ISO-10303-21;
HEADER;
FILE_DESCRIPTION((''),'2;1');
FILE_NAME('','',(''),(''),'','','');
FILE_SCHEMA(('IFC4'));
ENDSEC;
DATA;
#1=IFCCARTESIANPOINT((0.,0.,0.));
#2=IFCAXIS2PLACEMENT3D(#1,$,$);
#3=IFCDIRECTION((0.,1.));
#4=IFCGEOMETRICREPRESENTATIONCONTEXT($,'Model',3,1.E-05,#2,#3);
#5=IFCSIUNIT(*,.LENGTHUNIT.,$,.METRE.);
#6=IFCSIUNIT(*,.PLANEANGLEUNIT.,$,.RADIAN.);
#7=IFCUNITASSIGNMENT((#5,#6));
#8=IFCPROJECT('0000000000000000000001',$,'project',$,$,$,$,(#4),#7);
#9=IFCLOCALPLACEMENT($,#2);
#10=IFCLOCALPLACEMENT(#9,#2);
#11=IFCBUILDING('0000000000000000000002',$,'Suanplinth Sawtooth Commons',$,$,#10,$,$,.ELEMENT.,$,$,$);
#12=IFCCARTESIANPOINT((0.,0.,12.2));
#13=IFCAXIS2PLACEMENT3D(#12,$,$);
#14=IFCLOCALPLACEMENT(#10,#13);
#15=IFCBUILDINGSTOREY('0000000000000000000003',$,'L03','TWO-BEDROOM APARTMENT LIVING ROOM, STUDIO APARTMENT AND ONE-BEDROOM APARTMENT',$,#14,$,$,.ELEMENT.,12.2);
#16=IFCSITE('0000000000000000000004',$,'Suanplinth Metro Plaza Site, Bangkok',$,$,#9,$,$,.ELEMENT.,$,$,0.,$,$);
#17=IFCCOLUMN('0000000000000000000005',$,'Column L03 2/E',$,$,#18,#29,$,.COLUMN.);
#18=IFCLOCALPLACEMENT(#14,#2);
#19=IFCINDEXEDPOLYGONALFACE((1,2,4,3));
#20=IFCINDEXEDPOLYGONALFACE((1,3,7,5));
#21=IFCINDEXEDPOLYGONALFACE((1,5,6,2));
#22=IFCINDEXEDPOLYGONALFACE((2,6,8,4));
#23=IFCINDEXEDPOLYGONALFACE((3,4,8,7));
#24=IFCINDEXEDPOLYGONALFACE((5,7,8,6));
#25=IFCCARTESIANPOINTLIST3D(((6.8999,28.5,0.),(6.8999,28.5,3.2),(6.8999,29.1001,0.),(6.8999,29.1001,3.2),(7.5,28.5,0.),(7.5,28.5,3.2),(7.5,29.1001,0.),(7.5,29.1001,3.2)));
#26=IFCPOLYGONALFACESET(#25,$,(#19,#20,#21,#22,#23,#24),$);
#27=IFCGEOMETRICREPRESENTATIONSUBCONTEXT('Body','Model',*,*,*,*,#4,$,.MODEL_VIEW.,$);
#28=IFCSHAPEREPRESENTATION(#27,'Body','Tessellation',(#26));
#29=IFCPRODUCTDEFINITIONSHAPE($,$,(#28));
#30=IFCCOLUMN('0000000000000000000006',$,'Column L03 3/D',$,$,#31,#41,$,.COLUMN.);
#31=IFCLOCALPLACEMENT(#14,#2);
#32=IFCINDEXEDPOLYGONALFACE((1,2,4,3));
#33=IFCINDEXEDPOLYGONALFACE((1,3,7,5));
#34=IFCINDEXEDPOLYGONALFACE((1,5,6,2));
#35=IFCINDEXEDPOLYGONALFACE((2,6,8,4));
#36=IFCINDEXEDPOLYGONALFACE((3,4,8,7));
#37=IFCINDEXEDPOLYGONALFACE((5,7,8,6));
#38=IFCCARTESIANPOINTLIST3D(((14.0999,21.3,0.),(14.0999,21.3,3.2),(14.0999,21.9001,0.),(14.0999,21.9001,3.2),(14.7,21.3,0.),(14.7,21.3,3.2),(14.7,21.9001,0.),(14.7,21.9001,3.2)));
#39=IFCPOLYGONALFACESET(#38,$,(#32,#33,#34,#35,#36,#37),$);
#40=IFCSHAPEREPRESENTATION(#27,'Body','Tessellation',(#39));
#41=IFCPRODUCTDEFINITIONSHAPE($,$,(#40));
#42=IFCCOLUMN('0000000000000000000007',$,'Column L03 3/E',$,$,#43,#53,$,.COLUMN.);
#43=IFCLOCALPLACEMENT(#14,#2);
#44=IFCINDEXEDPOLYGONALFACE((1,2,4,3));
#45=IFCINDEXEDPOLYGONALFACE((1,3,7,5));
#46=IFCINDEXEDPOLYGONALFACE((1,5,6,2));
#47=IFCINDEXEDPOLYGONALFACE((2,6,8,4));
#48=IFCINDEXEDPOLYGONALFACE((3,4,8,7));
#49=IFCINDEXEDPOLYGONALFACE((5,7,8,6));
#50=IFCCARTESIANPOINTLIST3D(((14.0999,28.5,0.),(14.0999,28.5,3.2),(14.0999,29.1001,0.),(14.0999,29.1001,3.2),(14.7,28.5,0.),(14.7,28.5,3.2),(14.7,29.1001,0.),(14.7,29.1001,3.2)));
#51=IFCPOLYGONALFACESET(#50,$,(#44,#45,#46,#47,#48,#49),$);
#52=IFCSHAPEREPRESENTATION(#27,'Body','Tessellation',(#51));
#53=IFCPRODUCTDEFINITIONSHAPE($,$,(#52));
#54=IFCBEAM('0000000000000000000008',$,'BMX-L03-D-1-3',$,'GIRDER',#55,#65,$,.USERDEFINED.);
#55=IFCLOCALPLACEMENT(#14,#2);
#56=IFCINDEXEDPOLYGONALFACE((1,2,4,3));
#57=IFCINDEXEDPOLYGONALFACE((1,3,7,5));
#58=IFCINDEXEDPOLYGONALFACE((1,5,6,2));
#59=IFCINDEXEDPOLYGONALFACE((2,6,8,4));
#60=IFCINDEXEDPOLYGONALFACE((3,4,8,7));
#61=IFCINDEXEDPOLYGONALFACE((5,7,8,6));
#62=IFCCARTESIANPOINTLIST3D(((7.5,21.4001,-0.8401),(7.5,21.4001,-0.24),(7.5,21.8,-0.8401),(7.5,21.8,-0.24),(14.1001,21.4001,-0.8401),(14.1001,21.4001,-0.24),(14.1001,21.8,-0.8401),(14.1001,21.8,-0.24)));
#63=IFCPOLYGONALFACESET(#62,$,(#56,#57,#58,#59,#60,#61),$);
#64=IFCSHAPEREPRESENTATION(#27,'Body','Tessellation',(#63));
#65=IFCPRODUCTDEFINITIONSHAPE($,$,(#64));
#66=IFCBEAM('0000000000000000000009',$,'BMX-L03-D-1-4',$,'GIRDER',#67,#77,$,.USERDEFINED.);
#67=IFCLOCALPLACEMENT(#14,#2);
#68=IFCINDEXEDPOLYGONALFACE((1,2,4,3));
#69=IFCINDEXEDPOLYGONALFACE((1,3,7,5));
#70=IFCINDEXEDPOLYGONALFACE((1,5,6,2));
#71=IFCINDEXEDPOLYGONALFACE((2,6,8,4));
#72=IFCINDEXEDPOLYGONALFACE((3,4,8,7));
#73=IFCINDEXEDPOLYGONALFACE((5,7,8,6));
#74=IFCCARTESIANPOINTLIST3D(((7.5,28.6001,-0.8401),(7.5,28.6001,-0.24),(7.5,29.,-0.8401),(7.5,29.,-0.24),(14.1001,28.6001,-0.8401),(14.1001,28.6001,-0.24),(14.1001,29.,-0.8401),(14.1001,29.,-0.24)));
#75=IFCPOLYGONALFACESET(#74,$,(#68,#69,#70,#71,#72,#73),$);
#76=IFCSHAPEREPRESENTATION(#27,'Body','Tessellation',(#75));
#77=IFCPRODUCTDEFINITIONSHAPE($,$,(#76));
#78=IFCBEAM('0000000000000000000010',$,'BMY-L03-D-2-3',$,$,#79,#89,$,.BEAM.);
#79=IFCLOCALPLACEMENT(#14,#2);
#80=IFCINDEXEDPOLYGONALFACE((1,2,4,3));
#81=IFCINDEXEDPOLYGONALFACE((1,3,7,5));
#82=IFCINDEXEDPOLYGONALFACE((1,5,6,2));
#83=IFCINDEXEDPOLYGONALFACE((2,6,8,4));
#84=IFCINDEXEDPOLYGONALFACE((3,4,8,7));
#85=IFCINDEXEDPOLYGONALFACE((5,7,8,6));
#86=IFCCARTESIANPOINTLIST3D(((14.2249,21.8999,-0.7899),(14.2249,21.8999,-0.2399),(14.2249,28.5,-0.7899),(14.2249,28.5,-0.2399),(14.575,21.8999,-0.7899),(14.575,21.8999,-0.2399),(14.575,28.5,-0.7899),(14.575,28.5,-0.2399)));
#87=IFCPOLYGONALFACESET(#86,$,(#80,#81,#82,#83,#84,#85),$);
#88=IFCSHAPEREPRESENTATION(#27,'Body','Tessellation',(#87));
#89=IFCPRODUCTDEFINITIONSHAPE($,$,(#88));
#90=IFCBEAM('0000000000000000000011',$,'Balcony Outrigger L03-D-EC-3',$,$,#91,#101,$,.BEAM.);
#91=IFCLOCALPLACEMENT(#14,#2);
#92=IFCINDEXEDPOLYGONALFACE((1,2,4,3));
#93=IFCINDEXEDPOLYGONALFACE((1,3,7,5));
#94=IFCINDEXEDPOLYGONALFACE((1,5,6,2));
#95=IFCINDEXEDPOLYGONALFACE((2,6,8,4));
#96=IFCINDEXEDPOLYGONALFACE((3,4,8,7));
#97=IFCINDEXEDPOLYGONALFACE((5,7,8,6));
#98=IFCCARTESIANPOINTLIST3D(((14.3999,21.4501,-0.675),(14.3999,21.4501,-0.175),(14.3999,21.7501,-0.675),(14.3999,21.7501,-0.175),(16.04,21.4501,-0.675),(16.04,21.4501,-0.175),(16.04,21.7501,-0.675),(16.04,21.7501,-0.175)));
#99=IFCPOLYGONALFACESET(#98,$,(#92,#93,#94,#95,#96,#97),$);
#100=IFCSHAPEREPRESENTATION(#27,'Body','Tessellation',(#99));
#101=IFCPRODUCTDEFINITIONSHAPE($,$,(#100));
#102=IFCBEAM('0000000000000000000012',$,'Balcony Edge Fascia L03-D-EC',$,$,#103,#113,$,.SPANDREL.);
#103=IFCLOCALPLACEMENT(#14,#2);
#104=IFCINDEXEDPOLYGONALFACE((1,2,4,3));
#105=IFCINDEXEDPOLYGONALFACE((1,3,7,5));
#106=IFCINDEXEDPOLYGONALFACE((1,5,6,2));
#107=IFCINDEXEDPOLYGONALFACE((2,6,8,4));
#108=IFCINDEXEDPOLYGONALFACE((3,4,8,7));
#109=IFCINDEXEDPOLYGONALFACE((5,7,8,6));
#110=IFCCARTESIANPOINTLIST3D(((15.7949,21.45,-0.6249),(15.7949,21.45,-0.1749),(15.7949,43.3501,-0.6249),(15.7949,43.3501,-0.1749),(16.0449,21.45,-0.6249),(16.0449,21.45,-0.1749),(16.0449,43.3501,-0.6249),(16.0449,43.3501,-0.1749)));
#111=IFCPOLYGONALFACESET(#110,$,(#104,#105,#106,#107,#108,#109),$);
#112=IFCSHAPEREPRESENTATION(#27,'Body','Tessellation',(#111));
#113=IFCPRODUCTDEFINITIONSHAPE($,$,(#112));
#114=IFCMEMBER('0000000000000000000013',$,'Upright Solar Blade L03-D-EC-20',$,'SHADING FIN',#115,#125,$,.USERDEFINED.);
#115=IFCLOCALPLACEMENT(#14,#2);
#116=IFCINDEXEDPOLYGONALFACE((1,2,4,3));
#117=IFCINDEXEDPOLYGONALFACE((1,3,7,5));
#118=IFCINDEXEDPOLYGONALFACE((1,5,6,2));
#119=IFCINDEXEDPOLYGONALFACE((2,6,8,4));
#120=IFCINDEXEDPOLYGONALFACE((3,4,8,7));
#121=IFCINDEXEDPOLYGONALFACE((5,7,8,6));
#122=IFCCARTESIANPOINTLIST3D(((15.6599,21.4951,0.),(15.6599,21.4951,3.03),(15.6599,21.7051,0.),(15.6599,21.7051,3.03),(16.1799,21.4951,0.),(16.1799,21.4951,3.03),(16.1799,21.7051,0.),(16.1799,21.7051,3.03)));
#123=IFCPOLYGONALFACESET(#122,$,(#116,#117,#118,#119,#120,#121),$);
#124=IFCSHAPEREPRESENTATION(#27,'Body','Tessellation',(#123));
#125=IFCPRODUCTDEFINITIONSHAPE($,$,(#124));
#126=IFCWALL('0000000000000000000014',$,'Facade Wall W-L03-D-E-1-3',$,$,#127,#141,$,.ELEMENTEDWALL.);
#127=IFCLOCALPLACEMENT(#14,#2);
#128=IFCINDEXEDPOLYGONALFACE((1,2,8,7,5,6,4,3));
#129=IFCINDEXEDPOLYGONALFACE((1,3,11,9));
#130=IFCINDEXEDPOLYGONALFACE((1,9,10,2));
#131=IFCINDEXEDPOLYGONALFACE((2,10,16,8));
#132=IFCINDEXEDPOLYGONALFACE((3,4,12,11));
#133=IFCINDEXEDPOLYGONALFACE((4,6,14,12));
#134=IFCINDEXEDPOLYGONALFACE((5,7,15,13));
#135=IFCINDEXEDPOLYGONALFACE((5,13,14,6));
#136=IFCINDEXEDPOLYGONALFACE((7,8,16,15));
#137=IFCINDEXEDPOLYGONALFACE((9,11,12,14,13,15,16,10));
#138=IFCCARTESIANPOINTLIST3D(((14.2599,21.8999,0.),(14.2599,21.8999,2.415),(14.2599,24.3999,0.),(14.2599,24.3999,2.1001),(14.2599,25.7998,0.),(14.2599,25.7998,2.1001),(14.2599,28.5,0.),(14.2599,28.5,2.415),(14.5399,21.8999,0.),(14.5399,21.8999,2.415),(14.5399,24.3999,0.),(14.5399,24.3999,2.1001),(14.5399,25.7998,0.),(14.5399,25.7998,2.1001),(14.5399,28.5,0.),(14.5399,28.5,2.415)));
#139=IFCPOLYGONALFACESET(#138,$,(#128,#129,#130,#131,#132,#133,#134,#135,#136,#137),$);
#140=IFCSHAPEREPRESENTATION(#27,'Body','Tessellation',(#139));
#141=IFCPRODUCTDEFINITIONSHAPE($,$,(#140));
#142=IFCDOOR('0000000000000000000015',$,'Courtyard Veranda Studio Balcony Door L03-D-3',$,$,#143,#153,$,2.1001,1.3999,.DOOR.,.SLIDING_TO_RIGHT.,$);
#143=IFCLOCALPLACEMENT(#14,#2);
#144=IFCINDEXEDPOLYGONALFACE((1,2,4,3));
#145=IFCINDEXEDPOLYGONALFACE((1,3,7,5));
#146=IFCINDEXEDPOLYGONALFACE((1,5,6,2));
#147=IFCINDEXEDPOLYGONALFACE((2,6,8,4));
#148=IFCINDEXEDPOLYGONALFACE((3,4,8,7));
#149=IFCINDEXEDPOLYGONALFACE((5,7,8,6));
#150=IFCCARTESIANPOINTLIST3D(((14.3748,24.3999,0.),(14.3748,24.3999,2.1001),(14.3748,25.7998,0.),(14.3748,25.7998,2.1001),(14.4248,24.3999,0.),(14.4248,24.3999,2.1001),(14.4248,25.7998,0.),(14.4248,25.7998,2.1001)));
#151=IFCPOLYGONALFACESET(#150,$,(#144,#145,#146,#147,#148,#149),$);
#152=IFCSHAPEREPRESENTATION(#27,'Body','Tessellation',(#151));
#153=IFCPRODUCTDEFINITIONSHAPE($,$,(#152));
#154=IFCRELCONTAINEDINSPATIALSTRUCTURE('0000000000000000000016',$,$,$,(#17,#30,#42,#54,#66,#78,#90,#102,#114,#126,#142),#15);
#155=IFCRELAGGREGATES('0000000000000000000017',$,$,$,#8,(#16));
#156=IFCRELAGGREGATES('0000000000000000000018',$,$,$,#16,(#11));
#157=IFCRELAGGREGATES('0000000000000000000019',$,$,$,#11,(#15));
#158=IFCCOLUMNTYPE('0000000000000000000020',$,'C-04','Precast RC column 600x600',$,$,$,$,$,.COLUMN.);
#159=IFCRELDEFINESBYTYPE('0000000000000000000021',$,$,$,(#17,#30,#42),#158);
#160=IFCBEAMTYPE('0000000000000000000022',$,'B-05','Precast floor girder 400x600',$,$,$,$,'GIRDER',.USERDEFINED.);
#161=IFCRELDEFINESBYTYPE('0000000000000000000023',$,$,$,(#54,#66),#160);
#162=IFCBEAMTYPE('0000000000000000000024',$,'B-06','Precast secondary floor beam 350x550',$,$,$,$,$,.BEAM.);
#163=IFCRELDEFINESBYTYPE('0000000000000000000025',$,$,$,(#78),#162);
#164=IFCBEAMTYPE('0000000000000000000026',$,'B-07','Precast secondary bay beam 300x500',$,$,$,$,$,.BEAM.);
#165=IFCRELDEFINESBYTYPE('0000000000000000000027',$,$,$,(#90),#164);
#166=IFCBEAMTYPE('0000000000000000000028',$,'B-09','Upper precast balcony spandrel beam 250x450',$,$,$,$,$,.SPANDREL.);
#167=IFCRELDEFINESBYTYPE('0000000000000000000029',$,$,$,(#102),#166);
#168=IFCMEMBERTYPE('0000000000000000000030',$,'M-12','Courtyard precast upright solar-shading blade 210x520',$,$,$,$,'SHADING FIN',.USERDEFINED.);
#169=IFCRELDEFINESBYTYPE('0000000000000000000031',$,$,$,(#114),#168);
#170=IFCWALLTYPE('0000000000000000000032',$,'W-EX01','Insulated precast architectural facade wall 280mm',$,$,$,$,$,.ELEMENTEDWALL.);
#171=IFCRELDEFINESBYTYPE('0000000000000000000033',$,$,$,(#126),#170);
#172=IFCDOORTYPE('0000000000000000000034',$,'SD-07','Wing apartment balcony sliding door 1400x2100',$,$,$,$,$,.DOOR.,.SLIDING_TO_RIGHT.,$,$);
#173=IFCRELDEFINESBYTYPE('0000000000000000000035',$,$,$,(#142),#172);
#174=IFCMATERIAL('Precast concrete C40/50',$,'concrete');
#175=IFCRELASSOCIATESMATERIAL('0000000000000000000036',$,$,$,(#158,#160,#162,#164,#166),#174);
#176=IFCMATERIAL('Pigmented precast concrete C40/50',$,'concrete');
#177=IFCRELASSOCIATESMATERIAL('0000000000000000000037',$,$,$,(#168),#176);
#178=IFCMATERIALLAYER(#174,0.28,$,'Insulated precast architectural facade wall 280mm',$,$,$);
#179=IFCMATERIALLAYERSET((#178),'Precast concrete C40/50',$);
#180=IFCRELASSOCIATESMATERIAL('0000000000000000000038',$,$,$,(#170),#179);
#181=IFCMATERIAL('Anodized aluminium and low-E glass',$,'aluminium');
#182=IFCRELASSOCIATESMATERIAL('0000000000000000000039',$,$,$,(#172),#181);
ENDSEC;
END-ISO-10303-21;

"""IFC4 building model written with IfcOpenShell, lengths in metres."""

from ifc_helpers import new_model, si_unit, direction, frame, frame_2d, origin, origin_2d, place, context, subcontext, project, spatial, rectangle, extrude, material, layer, layer_set, material_profile, profile_set, type_object, element, fill, save


model = new_model("IFC4")

# Units and contexts
model_context = context("Model", 3, precision=1e-05, world=origin(), true_north=direction((0.0, 1.0)))
body_context = subcontext(model_context, "Body", "Model", "MODEL_VIEW")
ifc_project = project(units=[si_unit("LENGTHUNIT", "METRE"), si_unit("PLANEANGLEUNIT", "RADIAN")], contexts=[model_context])

# Site, building, storey
site_placement = place(None, origin())
site = spatial("IfcSite", under=ifc_project, at=site_placement, Name="Suanplinth Metro Plaza Site, Bangkok", CompositionType="ELEMENT", RefElevation=0.0)
building_placement = place(site_placement, origin())
building = spatial("IfcBuilding", under=site, at=building_placement, Name="Suanplinth Sawtooth Commons", CompositionType="ELEMENT")
storey_placement = place(building_placement, frame((0.0, 0.0, 12.2)))
storey = spatial("IfcBuildingStorey", under=building, at=storey_placement, Name="L03", Description="TWO-BEDROOM APARTMENT LIVING ROOM, STUDIO APARTMENT AND ONE-BEDROOM APARTMENT", CompositionType="ELEMENT", Elevation=12.2)

# Columns
ifc_material_1 = material(Name="Precast concrete C40/50", Category="concrete")
ifc_material_profile_1 = material_profile(ifc_material_1, rectangle(XDim=0.6001, YDim=0.6001, at=origin_2d()), Name="PC-COL 600x600")
ifc_profile_set_1 = profile_set([ifc_material_profile_1], Name="Precast concrete C40/50")
column_type = type_object("IfcColumnType", Name="C-04", Description="Precast RC column 600x600", PredefinedType="COLUMN", material=ifc_profile_set_1)
for number, where, z_axis, x_axis, name in (
    (1, (7.2, 28.8, 0.0), (0.0, 0.0, 1.0), (1.0, 0.0, 0.0), "Column L03 2/E"),
    (2, (14.3999, 21.6001, 0.0), (0.0, 0.0, 1.0), (1.0, 0.0, 0.0), "Column L03 3/D"),
    (3, (14.3999, 28.8, 0.0), (0.0, 0.0, 1.0), (1.0, 0.0, 0.0), "Column L03 3/E"),
):
    element("IfcColumn", number, at=place(storey_placement, frame(where, z_axis=z_axis, x_axis=x_axis)), inside=storey, type_object=column_type, Name=name, PredefinedType="COLUMN", context=body_context, shape_type="SweptSolid", body=[
        extrude(rectangle(XDim=0.6001, YDim=0.6001, at=origin_2d()), origin(), (0.0, 0.0, 1.0), 3.2),
    ])

# Beams
ifc_material_profile_2 = material_profile(ifc_material_1, rectangle(XDim=0.3999, YDim=0.6001, at=origin_2d()), Name="PC-GDR 400x600")
ifc_profile_set_2 = profile_set([ifc_material_profile_2], Name="Precast concrete C40/50")
beam_type_1 = type_object("IfcBeamType", Name="B-05", Description="Precast floor girder 400x600", ElementType="GIRDER", PredefinedType="USERDEFINED", material=ifc_profile_set_2)
for number, where, z_axis, x_axis, name in (
    (4, (7.5, 21.6001, -0.54), (1.0, 0.0, 0.0), (0.0, 1.0, 0.0), "BMX-L03-D-1-3"),
    (5, (7.5, 28.8, -0.54), (1.0, 0.0, 0.0), (0.0, 1.0, 0.0), "BMX-L03-D-1-4"),
):
    element("IfcBeam", number, at=place(storey_placement, frame(where, z_axis=z_axis, x_axis=x_axis)), inside=storey, type_object=beam_type_1, Name=name, ObjectType="GIRDER", PredefinedType="USERDEFINED", context=body_context, shape_type="SweptSolid", body=[
        extrude(rectangle(XDim=0.3999, YDim=0.6001, at=origin_2d()), origin(), (0.0, 0.0, 1.0), 6.6001),
    ])
ifc_material_profile_3 = material_profile(ifc_material_1, rectangle(XDim=0.3501, YDim=0.55, at=origin_2d()), Name="PC-BM 350x550")
ifc_profile_set_3 = profile_set([ifc_material_profile_3], Name="Precast concrete C40/50")
beam_type_2 = type_object("IfcBeamType", Name="B-06", Description="Precast secondary floor beam 350x550", PredefinedType="BEAM", material=ifc_profile_set_3)
beam_1_placement = place(storey_placement, frame((14.3999, 21.8999, -0.5149), z_axis=(0.0, 1.0, 0.0), x_axis=(-1.0, 0.0, 0.0)))
element("IfcBeam", 6, at=beam_1_placement, inside=storey, type_object=beam_type_2, Name="BMY-L03-D-2-3", PredefinedType="BEAM", context=body_context, shape_type="SweptSolid", body=[
    extrude(rectangle(XDim=0.3501, YDim=0.55, at=origin_2d()), origin(), (0.0, 0.0, 1.0), 6.6001),
])
ifc_material_profile_4 = material_profile(ifc_material_1, rectangle(XDim=0.3, YDim=0.5, at=origin_2d()), Name="PC-BM 300x500")
ifc_profile_set_4 = profile_set([ifc_material_profile_4], Name="Precast concrete C40/50")
beam_type_3 = type_object("IfcBeamType", Name="B-07", Description="Precast secondary bay beam 300x500", PredefinedType="BEAM", material=ifc_profile_set_4)
beam_2_placement = place(storey_placement, frame((14.3999, 21.6001, -0.425), z_axis=(1.0, 0.0, 0.0), x_axis=(0.0, 1.0, 0.0)))
element("IfcBeam", 7, at=beam_2_placement, inside=storey, type_object=beam_type_3, Name="Balcony Outrigger L03-D-EC-3", PredefinedType="BEAM", context=body_context, shape_type="SweptSolid", body=[
    extrude(rectangle(XDim=0.3, YDim=0.5, at=origin_2d()), origin(), (0.0, 0.0, 1.0), 1.6401),
])
ifc_material_profile_5 = material_profile(ifc_material_1, rectangle(XDim=0.25, YDim=0.45, at=origin_2d()), Name="PC-SP 250x450")
ifc_profile_set_5 = profile_set([ifc_material_profile_5], Name="Precast concrete C40/50")
beam_type_4 = type_object("IfcBeamType", Name="B-09", Description="Upper precast balcony spandrel beam 250x450", PredefinedType="SPANDREL", material=ifc_profile_set_5)
beam_3_placement = place(storey_placement, frame((15.9199, 21.45, -0.3999), z_axis=(0.0, 1.0, 0.0), x_axis=(-1.0, 0.0, 0.0)))
element("IfcBeam", 8, at=beam_3_placement, inside=storey, type_object=beam_type_4, Name="Balcony Edge Fascia L03-D-EC", PredefinedType="SPANDREL", context=body_context, shape_type="SweptSolid", body=[
    extrude(rectangle(XDim=0.25, YDim=0.45, at=origin_2d()), origin(), (0.0, 0.0, 1.0), 21.9001),
])

# Member
ifc_material_2 = material(Name="Pigmented precast concrete C40/50", Category="concrete")
ifc_material_profile_6 = material_profile(ifc_material_2, rectangle(XDim=0.21, YDim=0.52, at=origin_2d()), Name="PC-FIN 210x520")
ifc_profile_set_6 = profile_set([ifc_material_profile_6], Name="Pigmented precast concrete C40/50")
member_type = type_object("IfcMemberType", Name="M-12", Description="Courtyard precast upright solar-shading blade 210x520", ElementType="SHADING FIN", PredefinedType="USERDEFINED", material=ifc_profile_set_6)
member_placement = place(storey_placement, frame((15.9199, 21.6001, 0.0), z_axis=(0.0, 0.0, 1.0), x_axis=(0.0, 1.0, 0.0)))
element("IfcMember", 9, at=member_placement, inside=storey, type_object=member_type, Name="Upright Solar Blade L03-D-EC-20", ObjectType="SHADING FIN", PredefinedType="USERDEFINED", context=body_context, shape_type="SweptSolid", body=[
    extrude(rectangle(XDim=0.21, YDim=0.52, at=origin_2d()), origin(), (0.0, 0.0, 1.0), 3.03),
])

# Wall, opening, door
ifc_layer_1 = layer(ifc_material_1, 0.28, Name="Insulated precast architectural facade wall 280mm")
ifc_layer_set_1 = layer_set([ifc_layer_1], Name="Precast concrete C40/50")
wall_type_1 = type_object("IfcWallType", Name="W-EX01", Description="Insulated precast architectural facade wall 280mm", PredefinedType="ELEMENTEDWALL", material=ifc_layer_set_1)
wall_1_placement = place(storey_placement, frame((14.3999, 21.8999, 0.0), z_axis=(0.0, 0.0, 1.0), x_axis=(0.0, 1.0, 0.0)))
wall_1 = element("IfcWall", 10, at=wall_1_placement, inside=storey, type_object=wall_type_1, Name="Facade Wall W-L03-D-E-1-3", PredefinedType="ELEMENTEDWALL", context=body_context, shape_type="SweptSolid", body=[
    extrude(rectangle(XDim=6.6001, YDim=0.28, at=frame_2d((3.3, 0.0))), origin(), (0.0, 0.0, 1.0), 2.415),
])
opening_1_placement = place(wall_1_placement, frame((2.5, 0.0, 0.0)))
opening_1 = element("IfcOpeningElement", 11, at=opening_1_placement, cuts=wall_1, PredefinedType="OPENING", context=body_context, shape_type="SweptSolid", body=[
    extrude(rectangle(XDim=1.3999, YDim=2.1001, at=frame_2d((0.7, 1.05))), frame((0.0, 0.1548, 0.0), z_axis=(0.0, -1.0, 0.0), x_axis=(1.0, 0.0, 0.0)), (0.0, 0.0, 1.0), 0.3098),
])
ifc_material_3 = material(Name="Anodized aluminium and low-E glass", Category="aluminium")
door_type_1 = type_object("IfcDoorType", Name="SD-07", Description="Wing apartment balcony sliding door 1400x2100", OperationType="SLIDING_TO_RIGHT", PredefinedType="DOOR", material=ifc_material_3)
door_1_placement = place(opening_1_placement, frame((1.3999, 0.0, 0.0), z_axis=(0.0, 0.0, 1.0), x_axis=(-1.0, 0.0, 0.0)))
door_1 = element("IfcDoor", 12, at=door_1_placement, inside=storey, type_object=door_type_1, Name="Courtyard Veranda Studio Balcony Door L03-D-3", OperationType="SLIDING_TO_RIGHT", OverallHeight=2.1001, OverallWidth=1.3999, PredefinedType="DOOR", context=body_context, shape_type="SweptSolid", body=[
    extrude(rectangle(XDim=1.3999, YDim=2.1001, at=frame_2d((0.7, 1.05))), frame((0.0, 0.0249, 0.0), z_axis=(0.0, -1.0, 0.0), x_axis=(1.0, 0.0, 0.0)), (0.0, 0.0, 1.0), 0.05),
])
fill(opening_1, door_1)

save(model, "model.ifc")
